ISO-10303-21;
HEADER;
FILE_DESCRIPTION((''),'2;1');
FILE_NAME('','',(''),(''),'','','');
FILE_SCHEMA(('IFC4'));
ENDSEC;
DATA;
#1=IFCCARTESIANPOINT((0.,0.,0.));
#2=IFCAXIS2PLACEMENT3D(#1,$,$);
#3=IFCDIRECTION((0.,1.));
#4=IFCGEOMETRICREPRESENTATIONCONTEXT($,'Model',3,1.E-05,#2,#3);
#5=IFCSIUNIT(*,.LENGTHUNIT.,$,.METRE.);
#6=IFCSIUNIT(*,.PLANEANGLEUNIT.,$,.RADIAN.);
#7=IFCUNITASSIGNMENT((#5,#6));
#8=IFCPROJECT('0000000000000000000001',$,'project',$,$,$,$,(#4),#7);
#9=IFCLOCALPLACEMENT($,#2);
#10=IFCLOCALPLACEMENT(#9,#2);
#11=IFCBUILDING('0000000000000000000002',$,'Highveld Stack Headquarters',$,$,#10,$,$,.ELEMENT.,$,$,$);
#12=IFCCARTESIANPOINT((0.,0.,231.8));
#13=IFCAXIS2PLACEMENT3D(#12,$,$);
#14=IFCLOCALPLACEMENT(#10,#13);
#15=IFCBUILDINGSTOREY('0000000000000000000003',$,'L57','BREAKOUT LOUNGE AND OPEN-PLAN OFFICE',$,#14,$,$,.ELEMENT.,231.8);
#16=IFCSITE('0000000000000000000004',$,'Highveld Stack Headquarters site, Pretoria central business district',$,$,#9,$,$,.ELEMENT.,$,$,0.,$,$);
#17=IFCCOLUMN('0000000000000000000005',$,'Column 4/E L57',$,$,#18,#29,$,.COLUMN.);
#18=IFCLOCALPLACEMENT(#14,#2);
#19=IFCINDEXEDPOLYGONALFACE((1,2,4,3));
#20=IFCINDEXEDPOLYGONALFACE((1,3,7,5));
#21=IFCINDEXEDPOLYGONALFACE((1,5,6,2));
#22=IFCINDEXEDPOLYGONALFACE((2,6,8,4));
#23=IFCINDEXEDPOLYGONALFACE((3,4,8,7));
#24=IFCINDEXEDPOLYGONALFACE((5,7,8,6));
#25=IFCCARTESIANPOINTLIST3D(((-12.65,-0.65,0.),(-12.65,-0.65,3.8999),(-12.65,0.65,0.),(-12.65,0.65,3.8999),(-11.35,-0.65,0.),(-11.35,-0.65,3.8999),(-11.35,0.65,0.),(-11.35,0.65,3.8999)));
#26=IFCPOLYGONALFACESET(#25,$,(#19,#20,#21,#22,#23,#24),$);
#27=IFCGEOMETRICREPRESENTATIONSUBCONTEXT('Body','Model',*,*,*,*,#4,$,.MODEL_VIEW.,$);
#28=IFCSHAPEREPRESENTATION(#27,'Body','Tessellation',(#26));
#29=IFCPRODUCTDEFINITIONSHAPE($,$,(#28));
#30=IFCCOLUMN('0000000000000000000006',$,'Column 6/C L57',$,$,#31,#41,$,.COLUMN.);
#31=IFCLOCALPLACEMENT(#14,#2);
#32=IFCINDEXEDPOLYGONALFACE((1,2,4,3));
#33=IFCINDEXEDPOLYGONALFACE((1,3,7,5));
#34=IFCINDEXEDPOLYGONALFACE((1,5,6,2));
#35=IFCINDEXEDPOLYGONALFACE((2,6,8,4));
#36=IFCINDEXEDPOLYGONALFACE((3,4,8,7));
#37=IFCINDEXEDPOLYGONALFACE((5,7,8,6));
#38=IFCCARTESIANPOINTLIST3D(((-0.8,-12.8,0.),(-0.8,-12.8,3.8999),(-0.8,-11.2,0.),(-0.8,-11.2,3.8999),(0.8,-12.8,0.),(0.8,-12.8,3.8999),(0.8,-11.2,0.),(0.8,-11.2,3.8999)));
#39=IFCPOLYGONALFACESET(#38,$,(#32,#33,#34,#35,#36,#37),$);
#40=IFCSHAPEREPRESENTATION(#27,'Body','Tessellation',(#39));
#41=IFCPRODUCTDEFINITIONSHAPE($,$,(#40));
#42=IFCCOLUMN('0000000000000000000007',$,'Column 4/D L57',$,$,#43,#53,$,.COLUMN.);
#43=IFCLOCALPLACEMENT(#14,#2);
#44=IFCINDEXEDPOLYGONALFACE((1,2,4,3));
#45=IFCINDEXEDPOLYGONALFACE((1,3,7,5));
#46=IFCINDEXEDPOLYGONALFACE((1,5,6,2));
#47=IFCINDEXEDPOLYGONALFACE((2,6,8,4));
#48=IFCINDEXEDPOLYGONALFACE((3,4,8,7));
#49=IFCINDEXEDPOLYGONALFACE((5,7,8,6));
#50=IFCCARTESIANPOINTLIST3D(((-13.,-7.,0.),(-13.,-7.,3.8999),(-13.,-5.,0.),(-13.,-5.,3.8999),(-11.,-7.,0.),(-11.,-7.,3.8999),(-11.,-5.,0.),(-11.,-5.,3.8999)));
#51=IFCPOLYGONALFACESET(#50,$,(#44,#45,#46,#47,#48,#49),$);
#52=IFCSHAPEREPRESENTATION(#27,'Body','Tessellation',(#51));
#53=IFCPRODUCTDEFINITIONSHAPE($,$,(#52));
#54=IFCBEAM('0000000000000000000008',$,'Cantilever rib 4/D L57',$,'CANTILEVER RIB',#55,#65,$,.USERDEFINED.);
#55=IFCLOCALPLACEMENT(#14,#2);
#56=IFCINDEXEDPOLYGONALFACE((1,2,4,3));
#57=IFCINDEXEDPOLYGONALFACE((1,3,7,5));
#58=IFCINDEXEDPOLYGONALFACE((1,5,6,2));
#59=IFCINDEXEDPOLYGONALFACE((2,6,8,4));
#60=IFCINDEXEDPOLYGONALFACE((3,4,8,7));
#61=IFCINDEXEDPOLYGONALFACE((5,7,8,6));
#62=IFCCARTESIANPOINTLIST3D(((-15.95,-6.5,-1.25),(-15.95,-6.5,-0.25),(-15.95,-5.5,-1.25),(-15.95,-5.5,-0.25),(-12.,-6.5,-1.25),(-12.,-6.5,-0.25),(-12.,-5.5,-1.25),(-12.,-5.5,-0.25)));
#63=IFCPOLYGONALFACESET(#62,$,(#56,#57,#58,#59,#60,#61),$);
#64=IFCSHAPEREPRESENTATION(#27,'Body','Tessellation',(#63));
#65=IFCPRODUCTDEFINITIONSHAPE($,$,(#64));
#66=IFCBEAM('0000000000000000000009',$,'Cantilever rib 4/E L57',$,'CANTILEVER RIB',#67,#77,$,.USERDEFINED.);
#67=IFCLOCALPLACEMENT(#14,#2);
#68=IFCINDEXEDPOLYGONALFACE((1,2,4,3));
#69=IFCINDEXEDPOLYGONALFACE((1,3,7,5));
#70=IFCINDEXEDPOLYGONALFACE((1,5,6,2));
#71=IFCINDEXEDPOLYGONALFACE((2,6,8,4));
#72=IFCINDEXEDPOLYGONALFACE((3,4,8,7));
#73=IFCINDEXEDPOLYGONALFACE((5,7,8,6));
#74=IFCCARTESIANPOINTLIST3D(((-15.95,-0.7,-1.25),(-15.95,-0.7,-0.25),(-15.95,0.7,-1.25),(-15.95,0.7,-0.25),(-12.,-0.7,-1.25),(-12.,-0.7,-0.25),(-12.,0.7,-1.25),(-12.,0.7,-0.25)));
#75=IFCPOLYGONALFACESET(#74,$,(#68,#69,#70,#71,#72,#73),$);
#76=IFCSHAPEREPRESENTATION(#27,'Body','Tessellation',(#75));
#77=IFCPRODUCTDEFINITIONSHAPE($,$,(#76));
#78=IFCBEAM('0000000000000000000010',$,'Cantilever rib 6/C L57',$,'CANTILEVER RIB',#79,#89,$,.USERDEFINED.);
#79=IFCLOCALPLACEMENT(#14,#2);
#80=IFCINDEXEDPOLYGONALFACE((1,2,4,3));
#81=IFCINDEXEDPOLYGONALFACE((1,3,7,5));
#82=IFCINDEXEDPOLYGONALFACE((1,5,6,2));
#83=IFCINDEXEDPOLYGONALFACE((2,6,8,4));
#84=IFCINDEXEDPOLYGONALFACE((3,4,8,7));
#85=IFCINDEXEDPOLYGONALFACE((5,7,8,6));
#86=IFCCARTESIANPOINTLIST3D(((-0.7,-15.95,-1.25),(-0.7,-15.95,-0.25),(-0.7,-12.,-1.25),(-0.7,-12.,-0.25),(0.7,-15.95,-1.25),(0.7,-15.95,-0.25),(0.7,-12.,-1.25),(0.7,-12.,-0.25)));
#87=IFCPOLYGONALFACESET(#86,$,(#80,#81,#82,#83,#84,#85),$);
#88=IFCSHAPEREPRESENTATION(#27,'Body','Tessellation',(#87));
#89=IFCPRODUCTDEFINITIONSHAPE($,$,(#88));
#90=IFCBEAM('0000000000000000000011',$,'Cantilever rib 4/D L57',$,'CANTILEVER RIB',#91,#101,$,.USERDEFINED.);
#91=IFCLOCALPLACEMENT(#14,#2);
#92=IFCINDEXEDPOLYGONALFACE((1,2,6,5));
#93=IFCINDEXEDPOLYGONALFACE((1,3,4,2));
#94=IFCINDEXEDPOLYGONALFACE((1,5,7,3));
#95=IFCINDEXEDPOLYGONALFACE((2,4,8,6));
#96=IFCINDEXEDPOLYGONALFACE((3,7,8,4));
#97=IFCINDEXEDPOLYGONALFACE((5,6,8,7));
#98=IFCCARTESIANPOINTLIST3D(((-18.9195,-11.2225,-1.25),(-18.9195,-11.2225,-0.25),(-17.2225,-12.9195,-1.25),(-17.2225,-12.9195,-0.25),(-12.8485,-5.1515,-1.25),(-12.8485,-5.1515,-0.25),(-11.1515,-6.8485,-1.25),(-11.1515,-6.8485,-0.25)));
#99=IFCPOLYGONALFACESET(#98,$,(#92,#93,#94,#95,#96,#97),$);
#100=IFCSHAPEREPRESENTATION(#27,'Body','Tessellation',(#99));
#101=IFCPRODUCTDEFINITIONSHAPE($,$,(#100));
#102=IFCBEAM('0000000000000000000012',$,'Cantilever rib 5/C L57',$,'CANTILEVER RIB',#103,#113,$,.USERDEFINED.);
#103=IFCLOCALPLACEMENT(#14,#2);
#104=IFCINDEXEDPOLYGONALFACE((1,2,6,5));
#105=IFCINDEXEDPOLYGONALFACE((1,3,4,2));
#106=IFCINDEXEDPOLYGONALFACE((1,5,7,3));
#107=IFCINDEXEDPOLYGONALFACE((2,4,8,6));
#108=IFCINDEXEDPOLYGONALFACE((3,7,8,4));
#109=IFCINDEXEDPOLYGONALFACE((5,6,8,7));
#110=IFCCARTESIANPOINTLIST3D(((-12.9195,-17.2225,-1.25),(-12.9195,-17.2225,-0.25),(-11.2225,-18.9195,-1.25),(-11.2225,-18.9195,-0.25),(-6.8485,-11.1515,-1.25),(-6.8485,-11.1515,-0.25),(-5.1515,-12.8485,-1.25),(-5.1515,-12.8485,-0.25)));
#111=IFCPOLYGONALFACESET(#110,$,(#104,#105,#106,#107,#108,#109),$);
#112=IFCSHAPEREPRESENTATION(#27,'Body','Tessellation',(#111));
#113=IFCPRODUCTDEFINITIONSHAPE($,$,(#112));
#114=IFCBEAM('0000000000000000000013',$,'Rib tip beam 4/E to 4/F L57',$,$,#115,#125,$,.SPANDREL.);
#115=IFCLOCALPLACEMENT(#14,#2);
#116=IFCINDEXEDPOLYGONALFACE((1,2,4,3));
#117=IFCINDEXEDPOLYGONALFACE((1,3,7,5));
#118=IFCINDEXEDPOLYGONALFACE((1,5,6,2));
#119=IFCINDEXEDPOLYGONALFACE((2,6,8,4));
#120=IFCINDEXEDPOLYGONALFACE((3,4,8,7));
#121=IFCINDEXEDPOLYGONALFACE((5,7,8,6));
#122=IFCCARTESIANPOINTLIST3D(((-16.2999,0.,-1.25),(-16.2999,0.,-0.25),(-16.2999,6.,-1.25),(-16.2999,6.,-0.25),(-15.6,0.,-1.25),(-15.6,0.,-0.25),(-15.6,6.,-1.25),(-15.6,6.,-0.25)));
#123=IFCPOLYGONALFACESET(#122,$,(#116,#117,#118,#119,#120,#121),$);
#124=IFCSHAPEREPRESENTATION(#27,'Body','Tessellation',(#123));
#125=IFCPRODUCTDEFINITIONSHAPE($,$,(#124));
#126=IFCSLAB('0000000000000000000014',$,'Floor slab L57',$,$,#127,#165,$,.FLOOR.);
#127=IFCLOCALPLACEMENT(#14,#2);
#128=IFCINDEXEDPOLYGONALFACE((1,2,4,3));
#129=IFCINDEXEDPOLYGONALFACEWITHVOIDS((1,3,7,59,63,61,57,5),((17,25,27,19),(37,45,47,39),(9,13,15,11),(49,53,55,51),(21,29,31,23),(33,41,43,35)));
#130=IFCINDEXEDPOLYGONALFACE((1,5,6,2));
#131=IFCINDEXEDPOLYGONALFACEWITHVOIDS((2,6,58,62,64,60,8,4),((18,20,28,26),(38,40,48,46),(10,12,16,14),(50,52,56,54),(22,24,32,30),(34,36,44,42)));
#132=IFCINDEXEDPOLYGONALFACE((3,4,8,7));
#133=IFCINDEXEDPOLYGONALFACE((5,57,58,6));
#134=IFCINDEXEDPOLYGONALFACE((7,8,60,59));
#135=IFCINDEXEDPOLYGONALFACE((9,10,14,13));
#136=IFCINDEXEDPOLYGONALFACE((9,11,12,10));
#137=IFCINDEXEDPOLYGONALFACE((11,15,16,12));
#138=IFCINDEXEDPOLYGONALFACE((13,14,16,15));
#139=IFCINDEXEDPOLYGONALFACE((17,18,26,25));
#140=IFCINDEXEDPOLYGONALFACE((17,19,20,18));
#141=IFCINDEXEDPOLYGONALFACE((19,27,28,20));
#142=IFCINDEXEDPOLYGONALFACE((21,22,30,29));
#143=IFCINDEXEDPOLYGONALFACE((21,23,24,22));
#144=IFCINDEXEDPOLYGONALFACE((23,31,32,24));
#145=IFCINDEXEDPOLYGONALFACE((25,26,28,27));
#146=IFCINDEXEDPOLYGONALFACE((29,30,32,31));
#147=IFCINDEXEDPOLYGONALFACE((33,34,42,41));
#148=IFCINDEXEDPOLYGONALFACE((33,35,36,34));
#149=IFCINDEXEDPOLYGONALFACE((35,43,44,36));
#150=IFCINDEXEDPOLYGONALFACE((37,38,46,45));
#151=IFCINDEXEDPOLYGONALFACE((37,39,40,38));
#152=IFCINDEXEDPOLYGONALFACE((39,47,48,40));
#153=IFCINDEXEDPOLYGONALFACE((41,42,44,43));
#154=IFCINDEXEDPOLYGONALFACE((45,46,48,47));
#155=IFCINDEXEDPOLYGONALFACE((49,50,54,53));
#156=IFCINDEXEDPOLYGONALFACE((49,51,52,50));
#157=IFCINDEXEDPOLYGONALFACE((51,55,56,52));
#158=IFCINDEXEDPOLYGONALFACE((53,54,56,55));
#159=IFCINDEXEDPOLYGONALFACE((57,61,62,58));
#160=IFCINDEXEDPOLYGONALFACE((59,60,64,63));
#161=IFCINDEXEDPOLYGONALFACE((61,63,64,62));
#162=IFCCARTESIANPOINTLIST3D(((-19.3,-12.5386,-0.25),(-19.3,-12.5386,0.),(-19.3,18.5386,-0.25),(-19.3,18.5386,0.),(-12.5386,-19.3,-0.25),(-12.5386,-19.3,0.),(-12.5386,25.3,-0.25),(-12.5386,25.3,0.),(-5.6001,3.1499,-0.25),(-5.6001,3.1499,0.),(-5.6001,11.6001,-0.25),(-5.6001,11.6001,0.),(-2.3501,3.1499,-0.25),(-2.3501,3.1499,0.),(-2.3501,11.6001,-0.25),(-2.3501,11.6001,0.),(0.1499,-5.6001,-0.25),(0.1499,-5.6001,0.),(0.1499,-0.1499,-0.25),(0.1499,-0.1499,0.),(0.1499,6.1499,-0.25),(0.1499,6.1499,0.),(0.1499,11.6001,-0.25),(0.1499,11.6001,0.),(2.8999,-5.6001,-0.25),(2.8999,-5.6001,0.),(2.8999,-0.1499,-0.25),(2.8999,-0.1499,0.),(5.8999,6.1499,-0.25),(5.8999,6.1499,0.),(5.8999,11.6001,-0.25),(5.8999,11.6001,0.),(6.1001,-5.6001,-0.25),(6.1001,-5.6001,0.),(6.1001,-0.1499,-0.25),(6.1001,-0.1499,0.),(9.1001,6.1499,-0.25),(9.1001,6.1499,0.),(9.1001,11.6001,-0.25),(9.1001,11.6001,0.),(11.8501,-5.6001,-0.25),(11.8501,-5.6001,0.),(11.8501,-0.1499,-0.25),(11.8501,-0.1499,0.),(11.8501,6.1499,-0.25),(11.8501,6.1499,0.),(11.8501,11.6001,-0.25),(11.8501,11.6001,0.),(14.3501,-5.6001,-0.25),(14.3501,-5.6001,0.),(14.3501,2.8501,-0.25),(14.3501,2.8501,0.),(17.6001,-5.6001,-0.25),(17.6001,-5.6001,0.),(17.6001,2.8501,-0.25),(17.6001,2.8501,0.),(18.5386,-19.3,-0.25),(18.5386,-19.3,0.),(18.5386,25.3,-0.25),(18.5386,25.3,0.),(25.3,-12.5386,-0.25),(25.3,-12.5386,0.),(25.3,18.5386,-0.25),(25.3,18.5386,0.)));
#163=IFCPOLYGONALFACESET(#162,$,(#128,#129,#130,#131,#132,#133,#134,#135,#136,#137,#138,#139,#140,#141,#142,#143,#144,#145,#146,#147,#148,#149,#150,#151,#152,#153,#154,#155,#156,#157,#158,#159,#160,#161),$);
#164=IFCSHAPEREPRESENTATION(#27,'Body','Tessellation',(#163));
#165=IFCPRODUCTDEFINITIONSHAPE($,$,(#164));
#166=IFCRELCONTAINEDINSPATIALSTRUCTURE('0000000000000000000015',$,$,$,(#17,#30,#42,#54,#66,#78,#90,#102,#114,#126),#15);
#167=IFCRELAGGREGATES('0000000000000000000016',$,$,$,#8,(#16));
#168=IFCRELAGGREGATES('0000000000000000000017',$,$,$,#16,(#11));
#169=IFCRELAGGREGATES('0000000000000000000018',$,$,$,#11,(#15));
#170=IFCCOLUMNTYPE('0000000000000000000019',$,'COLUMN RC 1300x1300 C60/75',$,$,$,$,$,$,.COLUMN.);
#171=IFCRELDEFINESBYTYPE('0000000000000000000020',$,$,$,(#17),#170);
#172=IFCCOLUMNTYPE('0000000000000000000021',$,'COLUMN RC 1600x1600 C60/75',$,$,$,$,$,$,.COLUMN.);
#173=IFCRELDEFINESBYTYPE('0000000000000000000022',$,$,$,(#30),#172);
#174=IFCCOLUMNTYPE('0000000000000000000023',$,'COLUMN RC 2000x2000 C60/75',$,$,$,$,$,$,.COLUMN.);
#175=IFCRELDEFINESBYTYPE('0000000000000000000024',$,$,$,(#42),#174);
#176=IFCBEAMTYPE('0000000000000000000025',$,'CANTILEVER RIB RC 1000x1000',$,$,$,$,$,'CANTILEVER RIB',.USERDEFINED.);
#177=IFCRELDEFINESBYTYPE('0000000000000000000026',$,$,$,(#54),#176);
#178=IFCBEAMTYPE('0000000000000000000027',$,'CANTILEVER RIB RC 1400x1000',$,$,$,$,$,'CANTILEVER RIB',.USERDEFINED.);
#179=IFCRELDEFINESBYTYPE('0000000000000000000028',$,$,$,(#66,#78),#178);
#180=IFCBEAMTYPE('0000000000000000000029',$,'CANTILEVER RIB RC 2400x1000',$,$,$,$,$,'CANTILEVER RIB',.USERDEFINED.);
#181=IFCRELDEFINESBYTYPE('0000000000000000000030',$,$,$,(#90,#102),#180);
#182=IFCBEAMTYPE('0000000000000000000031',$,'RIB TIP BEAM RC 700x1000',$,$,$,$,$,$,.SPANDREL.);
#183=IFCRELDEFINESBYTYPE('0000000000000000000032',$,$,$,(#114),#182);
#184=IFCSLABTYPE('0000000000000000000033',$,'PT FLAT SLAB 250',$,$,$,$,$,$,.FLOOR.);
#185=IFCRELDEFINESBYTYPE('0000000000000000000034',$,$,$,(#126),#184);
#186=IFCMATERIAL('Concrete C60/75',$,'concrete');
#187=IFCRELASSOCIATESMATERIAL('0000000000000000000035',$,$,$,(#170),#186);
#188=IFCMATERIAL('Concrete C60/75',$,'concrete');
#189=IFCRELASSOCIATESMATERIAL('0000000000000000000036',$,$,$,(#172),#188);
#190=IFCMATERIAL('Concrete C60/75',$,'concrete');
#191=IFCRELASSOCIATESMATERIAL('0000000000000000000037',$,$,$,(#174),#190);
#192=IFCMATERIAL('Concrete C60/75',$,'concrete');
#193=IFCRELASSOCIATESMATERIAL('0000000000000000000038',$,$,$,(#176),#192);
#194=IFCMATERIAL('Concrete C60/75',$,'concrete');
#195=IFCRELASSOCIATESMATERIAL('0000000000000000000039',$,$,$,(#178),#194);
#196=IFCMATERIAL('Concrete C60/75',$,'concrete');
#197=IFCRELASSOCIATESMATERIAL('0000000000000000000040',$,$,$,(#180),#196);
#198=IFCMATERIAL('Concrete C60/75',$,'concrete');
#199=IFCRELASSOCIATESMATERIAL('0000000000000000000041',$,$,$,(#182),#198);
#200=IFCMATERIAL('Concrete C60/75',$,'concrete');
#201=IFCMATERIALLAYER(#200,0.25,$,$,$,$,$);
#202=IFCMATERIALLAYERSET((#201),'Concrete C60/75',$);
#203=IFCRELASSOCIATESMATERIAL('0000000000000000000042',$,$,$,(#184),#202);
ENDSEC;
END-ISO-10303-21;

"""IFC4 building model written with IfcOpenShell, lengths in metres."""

from ifc_helpers import new_model, si_unit, direction, frame, origin, origin_2d, place, context, subcontext, project, spatial, polyline, rectangle, outline, extrude, material, layer, layer_set, material_profile, profile_set, type_object, element, save


model = new_model("IFC4")

# Units and contexts
model_context = context("Model", 3, precision=1e-05, world=origin(), true_north=direction((0.0, 1.0)))
body_context = subcontext(model_context, "Body", "Model", "MODEL_VIEW")
ifc_project = project(units=[si_unit("LENGTHUNIT", "METRE"), si_unit("PLANEANGLEUNIT", "RADIAN")], contexts=[model_context])

# Site, building, storey
site_placement = place(None, origin())
site = spatial("IfcSite", under=ifc_project, at=site_placement, Name="Highveld Stack Headquarters site, Pretoria central business district", CompositionType="ELEMENT", RefElevation=0.0)
building_placement = place(site_placement, origin())
building = spatial("IfcBuilding", under=site, at=building_placement, Name="Highveld Stack Headquarters", CompositionType="ELEMENT")
storey_placement = place(building_placement, frame((0.0, 0.0, 231.8)))
storey = spatial("IfcBuildingStorey", under=building, at=storey_placement, Name="L57", Description="BREAKOUT LOUNGE AND OPEN-PLAN OFFICE", CompositionType="ELEMENT", Elevation=231.8)

# Columns
ifc_material_1 = material(Name="Concrete C60/75", Category="concrete")
ifc_material_profile_1 = material_profile(ifc_material_1, rectangle(XDim=1.3, YDim=1.3, at=origin_2d()), Name="RC 1300x1300")
ifc_profile_set_1 = profile_set([ifc_material_profile_1], Name="Concrete C60/75")
column_type_1 = type_object("IfcColumnType", Name="COLUMN RC 1300x1300 C60/75", PredefinedType="COLUMN", material=ifc_profile_set_1)
column_1_placement = place(storey_placement, frame((-12.0, 0.0, 0.0), z_axis=(0.0, 0.0, 1.0), x_axis=(1.0, 0.0, 0.0)))
element("IfcColumn", 1, at=column_1_placement, inside=storey, type_object=column_type_1, Name="Column 4/E L57", PredefinedType="COLUMN", context=body_context, shape_type="SweptSolid", body=[
    extrude(rectangle(XDim=1.3, YDim=1.3, at=origin_2d()), origin(), (0.0, 0.0, 1.0), 3.8999),
])
ifc_material_2 = material(Name="Concrete C60/75", Category="concrete")
ifc_material_profile_2 = material_profile(ifc_material_2, rectangle(XDim=1.6001, YDim=1.6001, at=origin_2d()), Name="RC 1600x1600")
ifc_profile_set_2 = profile_set([ifc_material_profile_2], Name="Concrete C60/75")
column_type_2 = type_object("IfcColumnType", Name="COLUMN RC 1600x1600 C60/75", PredefinedType="COLUMN", material=ifc_profile_set_2)
column_2_placement = place(storey_placement, frame((0.0, -12.0, 0.0), z_axis=(0.0, 0.0, 1.0), x_axis=(1.0, 0.0, 0.0)))
element("IfcColumn", 2, at=column_2_placement, inside=storey, type_object=column_type_2, Name="Column 6/C L57", PredefinedType="COLUMN", context=body_context, shape_type="SweptSolid", body=[
    extrude(rectangle(XDim=1.6001, YDim=1.6001, at=origin_2d()), origin(), (0.0, 0.0, 1.0), 3.8999),
])
ifc_material_3 = material(Name="Concrete C60/75", Category="concrete")
ifc_material_profile_3 = material_profile(ifc_material_3, rectangle(XDim=2.0, YDim=2.0, at=origin_2d()), Name="RC 2000x2000")
ifc_profile_set_3 = profile_set([ifc_material_profile_3], Name="Concrete C60/75")
column_type_3 = type_object("IfcColumnType", Name="COLUMN RC 2000x2000 C60/75", PredefinedType="COLUMN", material=ifc_profile_set_3)
column_3_placement = place(storey_placement, frame((-12.0, -6.0, 0.0), z_axis=(0.0, 0.0, 1.0), x_axis=(1.0, 0.0, 0.0)))
element("IfcColumn", 3, at=column_3_placement, inside=storey, type_object=column_type_3, Name="Column 4/D L57", PredefinedType="COLUMN", context=body_context, shape_type="SweptSolid", body=[
    extrude(rectangle(XDim=2.0, YDim=2.0, at=origin_2d()), origin(), (0.0, 0.0, 1.0), 3.8999),
])

# Beams
ifc_material_4 = material(Name="Concrete C60/75", Category="concrete")
ifc_material_profile_4 = material_profile(ifc_material_4, rectangle(XDim=1.0, YDim=1.0, at=origin_2d()), Name="RC 1000x1000")
ifc_profile_set_4 = profile_set([ifc_material_profile_4], Name="Concrete C60/75")
beam_type_1 = type_object("IfcBeamType", Name="CANTILEVER RIB RC 1000x1000", ElementType="CANTILEVER RIB", PredefinedType="USERDEFINED", material=ifc_profile_set_4)
beam_1_placement = place(storey_placement, frame((-12.0, -6.0, -0.75), z_axis=(-1.0, 0.0, 0.0), x_axis=(0.0, -1.0, 0.0)))
element("IfcBeam", 4, at=beam_1_placement, inside=storey, type_object=beam_type_1, Name="Cantilever rib 4/D L57", ObjectType="CANTILEVER RIB", PredefinedType="USERDEFINED", context=body_context, shape_type="SweptSolid", body=[
    extrude(rectangle(XDim=1.0, YDim=1.0, at=origin_2d()), origin(), (0.0, 0.0, 1.0), 3.95),
])
ifc_material_5 = material(Name="Concrete C60/75", Category="concrete")
ifc_material_profile_5 = material_profile(ifc_material_5, rectangle(XDim=1.3999, YDim=1.0, at=origin_2d()), Name="RC 1400x1000")
ifc_profile_set_5 = profile_set([ifc_material_profile_5], Name="Concrete C60/75")
beam_type_2 = type_object("IfcBeamType", Name="CANTILEVER RIB RC 1400x1000", ElementType="CANTILEVER RIB", PredefinedType="USERDEFINED", material=ifc_profile_set_5)
for number, where, z_axis, x_axis, name in (
    (5, (-12.0, 0.0, -0.75), (-1.0, 0.0, 0.0), (0.0, -1.0, 0.0), "Cantilever rib 4/E L57"),
    (6, (0.0, -12.0, -0.75), (0.0, -1.0, 0.0), (1.0, 0.0, 0.0), "Cantilever rib 6/C L57"),
):
    element("IfcBeam", number, at=place(storey_placement, frame(where, z_axis=z_axis, x_axis=x_axis)), inside=storey, type_object=beam_type_2, Name=name, ObjectType="CANTILEVER RIB", PredefinedType="USERDEFINED", context=body_context, shape_type="SweptSolid", body=[
        extrude(rectangle(XDim=1.3999, YDim=1.0, at=origin_2d()), origin(), (0.0, 0.0, 1.0), 3.95),
    ])
ifc_material_6 = material(Name="Concrete C60/75", Category="concrete")
ifc_material_profile_6 = material_profile(ifc_material_6, rectangle(XDim=2.3999, YDim=1.0, at=origin_2d()), Name="RC 2400x1000")
ifc_profile_set_6 = profile_set([ifc_material_profile_6], Name="Concrete C60/75")
beam_type_3 = type_object("IfcBeamType", Name="CANTILEVER RIB RC 2400x1000", ElementType="CANTILEVER RIB", PredefinedType="USERDEFINED", material=ifc_profile_set_6)
for number, where, z_axis, x_axis, name in (
    (7, (-12.0, -6.0, -0.75), (-0.707107, -0.707107, 0.0), (0.707107, -0.707107, 0.0), "Cantilever rib 4/D L57"),
    (8, (-6.0, -12.0, -0.75), (-0.707107, -0.707107, 0.0), (0.707107, -0.707107, 0.0), "Cantilever rib 5/C L57"),
):
    element("IfcBeam", number, at=place(storey_placement, frame(where, z_axis=z_axis, x_axis=x_axis)), inside=storey, type_object=beam_type_3, Name=name, ObjectType="CANTILEVER RIB", PredefinedType="USERDEFINED", context=body_context, shape_type="SweptSolid", body=[
        extrude(rectangle(XDim=2.3999, YDim=1.0, at=origin_2d()), origin(), (0.0, 0.0, 1.0), 8.5857),
    ])
ifc_material_7 = material(Name="Concrete C60/75", Category="concrete")
ifc_material_profile_7 = material_profile(ifc_material_7, rectangle(XDim=0.7, YDim=1.0, at=origin_2d()), Name="RC 700x1000")
ifc_profile_set_7 = profile_set([ifc_material_profile_7], Name="Concrete C60/75")
beam_type_4 = type_object("IfcBeamType", Name="RIB TIP BEAM RC 700x1000", PredefinedType="SPANDREL", material=ifc_profile_set_7)
beam_2_placement = place(storey_placement, frame((-15.95, 0.0, -0.75), z_axis=(0.0, 1.0, 0.0), x_axis=(-1.0, 0.0, 0.0)))
element("IfcBeam", 9, at=beam_2_placement, inside=storey, type_object=beam_type_4, Name="Rib tip beam 4/E to 4/F L57", PredefinedType="SPANDREL", context=body_context, shape_type="SweptSolid", body=[
    extrude(rectangle(XDim=0.7, YDim=1.0, at=origin_2d()), origin(), (0.0, 0.0, 1.0), 6.0),
])

# Slab
ifc_material_8 = material(Name="Concrete C60/75", Category="concrete")
ifc_layer_1 = layer(ifc_material_8, 0.25)
ifc_layer_set_1 = layer_set([ifc_layer_1], Name="Concrete C60/75")
slab_type_1 = type_object("IfcSlabType", Name="PT FLAT SLAB 250", PredefinedType="FLOOR", material=ifc_layer_set_1)
slab_1_placement = place(storey_placement, frame((0.0, 0.0, -0.25)))
element("IfcSlab", 10, at=slab_1_placement, inside=storey, type_object=slab_type_1, Name="Floor slab L57", PredefinedType="FLOOR", context=body_context, shape_type="SweptSolid", body=[
    extrude(outline(polyline([(-12.5386, -19.3), (18.5386, -19.3), (25.3, -12.5386), (25.3, 18.5386), (18.5386, 25.3), (-12.5386, 25.3), (-19.3, 18.5386), (-19.3, -12.5386), (-12.5386, -19.3)]), holes=[polyline([(0.1499, 6.1499), (5.8999, 6.1499), (5.8999, 11.6001), (0.1499, 11.6001), (0.1499, 6.1499)]), polyline([(9.1001, 6.1499), (11.8501, 6.1499), (11.8501, 11.6001), (9.1001, 11.6001), (9.1001, 6.1499)]), polyline([(6.1001, -5.6001), (11.8501, -5.6001), (11.8501, -0.1499), (6.1001, -0.1499), (6.1001, -5.6001)]), polyline([(0.1499, -5.6001), (2.8999, -5.6001), (2.8999, -0.1499), (0.1499, -0.1499), (0.1499, -5.6001)]), polyline([(-5.6001, 3.1499), (-2.3501, 3.1499), (-2.3501, 11.6001), (-5.6001, 11.6001), (-5.6001, 3.1499)]), polyline([(14.3501, -5.6001), (17.6001, -5.6001), (17.6001, 2.8501), (14.3501, 2.8501), (14.3501, -5.6001)])]), origin(), (0.0, 0.0, 1.0), 0.25),
])

save(model, "model.ifc")
